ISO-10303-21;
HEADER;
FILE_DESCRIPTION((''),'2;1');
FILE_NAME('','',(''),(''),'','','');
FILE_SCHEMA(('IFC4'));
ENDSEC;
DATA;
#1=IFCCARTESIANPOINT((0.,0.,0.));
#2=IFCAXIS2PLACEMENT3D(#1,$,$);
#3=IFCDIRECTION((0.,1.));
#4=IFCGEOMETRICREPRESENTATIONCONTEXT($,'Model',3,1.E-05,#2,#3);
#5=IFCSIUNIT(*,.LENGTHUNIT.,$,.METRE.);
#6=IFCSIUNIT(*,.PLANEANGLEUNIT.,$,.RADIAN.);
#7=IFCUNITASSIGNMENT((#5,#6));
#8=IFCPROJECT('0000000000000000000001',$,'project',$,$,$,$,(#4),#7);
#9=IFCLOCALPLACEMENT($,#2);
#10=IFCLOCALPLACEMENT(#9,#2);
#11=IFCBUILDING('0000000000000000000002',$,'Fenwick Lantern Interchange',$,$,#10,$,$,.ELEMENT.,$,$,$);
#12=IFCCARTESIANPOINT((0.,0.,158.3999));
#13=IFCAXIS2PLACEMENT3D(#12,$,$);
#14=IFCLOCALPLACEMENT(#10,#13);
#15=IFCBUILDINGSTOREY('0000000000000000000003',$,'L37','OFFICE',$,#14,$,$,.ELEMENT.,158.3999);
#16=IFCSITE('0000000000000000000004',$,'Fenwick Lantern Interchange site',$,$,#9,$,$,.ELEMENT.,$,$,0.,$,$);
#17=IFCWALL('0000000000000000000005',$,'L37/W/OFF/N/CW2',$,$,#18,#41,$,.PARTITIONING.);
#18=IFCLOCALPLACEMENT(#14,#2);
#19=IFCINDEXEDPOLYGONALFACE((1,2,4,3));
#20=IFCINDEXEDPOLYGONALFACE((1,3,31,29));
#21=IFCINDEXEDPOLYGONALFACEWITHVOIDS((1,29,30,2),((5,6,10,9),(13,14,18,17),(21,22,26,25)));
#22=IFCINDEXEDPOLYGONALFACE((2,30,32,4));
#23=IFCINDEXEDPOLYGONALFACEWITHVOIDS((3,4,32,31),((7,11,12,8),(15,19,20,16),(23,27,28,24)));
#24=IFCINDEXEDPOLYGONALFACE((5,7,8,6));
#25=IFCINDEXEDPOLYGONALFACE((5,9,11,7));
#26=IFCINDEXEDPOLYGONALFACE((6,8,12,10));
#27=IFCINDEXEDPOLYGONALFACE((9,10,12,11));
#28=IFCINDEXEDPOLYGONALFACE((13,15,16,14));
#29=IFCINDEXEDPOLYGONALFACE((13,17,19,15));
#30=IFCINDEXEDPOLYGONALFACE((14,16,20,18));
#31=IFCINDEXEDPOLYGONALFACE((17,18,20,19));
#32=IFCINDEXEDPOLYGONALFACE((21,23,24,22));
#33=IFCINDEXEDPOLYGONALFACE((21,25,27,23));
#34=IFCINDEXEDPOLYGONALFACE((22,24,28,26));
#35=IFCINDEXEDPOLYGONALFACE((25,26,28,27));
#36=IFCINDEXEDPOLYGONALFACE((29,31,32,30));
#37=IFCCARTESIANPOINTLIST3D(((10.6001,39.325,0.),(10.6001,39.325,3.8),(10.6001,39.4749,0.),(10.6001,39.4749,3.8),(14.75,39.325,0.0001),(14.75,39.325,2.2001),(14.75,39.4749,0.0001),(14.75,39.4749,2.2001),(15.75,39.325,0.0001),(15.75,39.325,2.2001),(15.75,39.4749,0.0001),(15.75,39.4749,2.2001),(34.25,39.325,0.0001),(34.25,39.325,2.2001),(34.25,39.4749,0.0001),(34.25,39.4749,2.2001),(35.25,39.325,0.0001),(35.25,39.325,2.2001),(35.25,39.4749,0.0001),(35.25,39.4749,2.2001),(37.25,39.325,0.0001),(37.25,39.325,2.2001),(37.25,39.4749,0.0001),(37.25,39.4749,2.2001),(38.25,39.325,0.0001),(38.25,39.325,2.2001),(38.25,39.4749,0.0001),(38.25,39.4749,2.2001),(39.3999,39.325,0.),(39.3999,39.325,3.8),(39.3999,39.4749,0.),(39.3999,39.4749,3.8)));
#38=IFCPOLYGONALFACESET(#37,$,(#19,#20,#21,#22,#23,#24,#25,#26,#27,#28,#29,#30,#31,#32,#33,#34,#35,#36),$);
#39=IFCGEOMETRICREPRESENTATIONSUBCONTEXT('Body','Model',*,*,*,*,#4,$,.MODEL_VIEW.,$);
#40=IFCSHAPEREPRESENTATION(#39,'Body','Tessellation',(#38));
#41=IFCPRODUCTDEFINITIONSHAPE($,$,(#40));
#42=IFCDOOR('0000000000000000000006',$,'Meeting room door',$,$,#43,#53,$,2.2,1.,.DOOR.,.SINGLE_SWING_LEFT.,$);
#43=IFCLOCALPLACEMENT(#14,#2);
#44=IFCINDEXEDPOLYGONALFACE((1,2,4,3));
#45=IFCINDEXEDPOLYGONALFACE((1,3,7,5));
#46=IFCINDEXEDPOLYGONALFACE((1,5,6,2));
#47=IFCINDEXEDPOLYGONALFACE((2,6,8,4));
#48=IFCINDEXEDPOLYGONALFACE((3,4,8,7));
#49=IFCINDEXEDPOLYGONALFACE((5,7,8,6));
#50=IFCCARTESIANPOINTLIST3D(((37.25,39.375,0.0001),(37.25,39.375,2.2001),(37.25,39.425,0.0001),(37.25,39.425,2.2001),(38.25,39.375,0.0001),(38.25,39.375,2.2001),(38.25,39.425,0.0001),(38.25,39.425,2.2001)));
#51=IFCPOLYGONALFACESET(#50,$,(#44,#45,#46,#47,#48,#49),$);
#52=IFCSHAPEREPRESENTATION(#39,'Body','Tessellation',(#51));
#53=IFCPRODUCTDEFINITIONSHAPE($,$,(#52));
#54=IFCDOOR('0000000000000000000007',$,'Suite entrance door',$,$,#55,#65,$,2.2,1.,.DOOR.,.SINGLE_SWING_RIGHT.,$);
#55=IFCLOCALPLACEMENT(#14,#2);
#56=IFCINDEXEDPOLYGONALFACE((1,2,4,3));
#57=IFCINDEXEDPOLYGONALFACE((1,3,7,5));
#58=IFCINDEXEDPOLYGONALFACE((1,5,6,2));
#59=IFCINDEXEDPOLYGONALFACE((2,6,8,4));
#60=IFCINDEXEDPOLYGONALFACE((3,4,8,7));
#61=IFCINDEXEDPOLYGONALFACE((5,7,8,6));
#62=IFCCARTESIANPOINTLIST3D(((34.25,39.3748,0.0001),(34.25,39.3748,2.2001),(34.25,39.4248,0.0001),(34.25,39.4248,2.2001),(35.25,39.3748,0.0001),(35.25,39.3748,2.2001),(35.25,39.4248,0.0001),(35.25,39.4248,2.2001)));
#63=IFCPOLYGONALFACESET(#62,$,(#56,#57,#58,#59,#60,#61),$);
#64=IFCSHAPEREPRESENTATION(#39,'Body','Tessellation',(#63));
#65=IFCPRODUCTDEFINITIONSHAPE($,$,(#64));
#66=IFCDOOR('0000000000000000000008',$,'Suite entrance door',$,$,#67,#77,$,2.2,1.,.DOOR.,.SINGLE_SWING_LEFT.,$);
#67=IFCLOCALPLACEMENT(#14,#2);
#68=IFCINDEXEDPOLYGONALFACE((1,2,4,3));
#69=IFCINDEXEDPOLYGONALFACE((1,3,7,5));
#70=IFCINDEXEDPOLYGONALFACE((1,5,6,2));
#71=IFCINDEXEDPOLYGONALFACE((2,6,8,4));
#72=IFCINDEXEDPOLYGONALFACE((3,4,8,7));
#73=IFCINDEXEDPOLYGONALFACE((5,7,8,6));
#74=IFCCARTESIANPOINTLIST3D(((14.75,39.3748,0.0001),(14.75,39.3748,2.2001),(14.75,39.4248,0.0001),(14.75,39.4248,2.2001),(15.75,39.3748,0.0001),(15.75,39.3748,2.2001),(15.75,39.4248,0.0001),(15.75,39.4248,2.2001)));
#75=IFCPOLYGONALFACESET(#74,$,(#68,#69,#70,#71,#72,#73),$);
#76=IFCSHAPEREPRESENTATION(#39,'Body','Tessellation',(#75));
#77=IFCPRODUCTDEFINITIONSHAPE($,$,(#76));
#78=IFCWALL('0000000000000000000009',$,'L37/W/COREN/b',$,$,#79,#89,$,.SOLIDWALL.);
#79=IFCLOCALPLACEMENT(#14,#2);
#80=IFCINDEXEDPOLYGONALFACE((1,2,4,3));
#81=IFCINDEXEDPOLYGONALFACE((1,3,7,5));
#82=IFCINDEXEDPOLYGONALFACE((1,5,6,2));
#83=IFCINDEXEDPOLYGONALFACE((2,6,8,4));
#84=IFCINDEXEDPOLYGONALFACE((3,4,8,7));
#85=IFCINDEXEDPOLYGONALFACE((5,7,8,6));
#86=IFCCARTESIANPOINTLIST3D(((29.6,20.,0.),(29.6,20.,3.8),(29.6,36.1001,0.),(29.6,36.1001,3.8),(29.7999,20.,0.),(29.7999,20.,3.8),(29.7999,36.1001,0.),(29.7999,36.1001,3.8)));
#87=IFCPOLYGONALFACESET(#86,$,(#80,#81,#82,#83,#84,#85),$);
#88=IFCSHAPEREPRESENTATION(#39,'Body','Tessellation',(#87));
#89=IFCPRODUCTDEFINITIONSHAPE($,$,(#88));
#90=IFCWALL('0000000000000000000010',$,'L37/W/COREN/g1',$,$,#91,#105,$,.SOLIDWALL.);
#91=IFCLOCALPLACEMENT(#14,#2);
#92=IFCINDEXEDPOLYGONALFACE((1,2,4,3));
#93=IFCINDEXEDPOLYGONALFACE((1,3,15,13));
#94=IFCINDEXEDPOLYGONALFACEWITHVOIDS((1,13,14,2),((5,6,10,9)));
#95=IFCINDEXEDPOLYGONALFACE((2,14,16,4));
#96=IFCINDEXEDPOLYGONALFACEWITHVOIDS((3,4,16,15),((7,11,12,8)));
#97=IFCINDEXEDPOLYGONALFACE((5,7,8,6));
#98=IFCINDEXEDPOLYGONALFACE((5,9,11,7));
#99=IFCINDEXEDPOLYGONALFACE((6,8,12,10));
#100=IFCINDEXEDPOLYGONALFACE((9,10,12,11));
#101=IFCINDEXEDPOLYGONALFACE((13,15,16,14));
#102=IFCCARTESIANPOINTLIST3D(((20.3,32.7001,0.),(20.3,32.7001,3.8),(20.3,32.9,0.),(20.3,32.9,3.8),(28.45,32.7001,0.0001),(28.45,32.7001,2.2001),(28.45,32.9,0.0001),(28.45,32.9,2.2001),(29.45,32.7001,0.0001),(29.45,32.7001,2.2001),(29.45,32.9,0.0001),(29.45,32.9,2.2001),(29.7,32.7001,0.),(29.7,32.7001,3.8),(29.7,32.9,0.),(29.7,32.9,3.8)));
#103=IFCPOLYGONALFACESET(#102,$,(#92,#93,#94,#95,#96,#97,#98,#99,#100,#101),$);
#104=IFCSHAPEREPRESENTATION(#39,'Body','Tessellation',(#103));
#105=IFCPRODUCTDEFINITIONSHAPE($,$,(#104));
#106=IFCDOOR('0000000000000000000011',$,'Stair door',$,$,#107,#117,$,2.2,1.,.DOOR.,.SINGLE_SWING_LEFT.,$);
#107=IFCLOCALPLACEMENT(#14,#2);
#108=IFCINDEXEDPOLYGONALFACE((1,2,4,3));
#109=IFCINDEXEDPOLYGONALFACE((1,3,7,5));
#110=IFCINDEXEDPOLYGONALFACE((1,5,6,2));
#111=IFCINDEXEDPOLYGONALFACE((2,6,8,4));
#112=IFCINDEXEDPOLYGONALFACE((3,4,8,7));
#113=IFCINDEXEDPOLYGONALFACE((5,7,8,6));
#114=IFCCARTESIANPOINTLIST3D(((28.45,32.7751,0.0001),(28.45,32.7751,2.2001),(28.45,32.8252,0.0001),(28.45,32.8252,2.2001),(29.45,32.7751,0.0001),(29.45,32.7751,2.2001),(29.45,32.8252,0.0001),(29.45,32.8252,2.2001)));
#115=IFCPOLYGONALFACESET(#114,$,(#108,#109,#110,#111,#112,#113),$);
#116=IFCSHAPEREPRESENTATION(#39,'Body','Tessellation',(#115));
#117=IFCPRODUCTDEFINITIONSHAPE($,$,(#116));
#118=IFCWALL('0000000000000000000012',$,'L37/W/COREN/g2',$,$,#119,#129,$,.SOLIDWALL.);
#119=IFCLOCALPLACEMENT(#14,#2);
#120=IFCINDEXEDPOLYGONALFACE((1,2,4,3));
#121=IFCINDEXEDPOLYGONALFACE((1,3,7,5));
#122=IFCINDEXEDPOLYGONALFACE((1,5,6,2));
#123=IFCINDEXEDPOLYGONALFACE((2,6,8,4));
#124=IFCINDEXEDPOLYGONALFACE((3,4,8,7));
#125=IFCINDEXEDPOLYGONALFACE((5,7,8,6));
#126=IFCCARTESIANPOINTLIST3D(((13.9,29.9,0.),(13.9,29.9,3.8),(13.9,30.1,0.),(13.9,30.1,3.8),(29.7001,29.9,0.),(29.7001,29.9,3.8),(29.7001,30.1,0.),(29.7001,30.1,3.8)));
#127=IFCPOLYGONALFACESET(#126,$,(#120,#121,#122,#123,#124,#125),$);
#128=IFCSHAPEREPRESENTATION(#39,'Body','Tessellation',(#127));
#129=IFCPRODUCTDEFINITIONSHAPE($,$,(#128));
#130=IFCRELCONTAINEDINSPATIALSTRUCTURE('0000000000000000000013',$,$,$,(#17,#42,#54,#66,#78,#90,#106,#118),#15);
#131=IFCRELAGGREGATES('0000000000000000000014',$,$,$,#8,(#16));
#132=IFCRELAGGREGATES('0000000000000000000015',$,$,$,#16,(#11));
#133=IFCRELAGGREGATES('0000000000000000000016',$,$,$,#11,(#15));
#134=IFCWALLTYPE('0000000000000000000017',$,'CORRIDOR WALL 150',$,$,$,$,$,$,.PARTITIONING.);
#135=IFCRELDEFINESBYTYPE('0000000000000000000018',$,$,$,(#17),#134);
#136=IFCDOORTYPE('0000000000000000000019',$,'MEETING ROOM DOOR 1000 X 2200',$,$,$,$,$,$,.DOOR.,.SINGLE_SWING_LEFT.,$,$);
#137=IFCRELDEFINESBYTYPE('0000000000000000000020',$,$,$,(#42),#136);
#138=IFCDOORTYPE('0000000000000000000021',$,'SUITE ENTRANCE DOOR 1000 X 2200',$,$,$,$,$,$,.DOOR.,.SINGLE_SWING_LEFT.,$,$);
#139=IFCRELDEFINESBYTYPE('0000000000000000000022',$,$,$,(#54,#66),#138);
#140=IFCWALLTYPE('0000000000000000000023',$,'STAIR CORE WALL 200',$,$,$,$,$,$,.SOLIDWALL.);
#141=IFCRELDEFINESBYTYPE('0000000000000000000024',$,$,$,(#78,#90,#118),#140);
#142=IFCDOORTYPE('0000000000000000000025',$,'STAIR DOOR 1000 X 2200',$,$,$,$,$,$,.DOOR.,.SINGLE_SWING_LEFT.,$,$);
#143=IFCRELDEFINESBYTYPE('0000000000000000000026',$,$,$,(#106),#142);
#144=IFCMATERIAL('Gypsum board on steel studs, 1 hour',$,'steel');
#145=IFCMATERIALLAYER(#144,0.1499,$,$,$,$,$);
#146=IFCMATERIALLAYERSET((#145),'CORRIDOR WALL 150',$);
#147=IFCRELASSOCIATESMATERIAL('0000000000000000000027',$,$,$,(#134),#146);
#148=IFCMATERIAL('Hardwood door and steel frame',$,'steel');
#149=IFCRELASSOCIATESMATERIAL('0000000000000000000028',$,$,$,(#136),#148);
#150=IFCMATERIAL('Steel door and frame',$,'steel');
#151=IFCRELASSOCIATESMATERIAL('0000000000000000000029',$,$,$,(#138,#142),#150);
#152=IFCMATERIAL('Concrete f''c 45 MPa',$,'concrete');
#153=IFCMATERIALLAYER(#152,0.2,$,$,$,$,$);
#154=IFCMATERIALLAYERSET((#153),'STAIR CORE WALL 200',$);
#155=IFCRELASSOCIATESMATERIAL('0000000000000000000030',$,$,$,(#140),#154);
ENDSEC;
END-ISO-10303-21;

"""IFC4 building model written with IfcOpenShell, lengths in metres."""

from ifc_helpers import new_model, si_unit, direction, frame, frame_2d, origin, place, context, subcontext, project, spatial, rectangle, extrude, material, layer, layer_set, type_object, element, fill, save


model = new_model("IFC4")

# Units and contexts
model_context = context("Model", 3, precision=1e-05, world=origin(), true_north=direction((0.0, 1.0)))
body_context = subcontext(model_context, "Body", "Model", "MODEL_VIEW")
ifc_project = project(units=[si_unit("LENGTHUNIT", "METRE"), si_unit("PLANEANGLEUNIT", "RADIAN")], contexts=[model_context])

# Site, building, storey
site_placement = place(None, origin())
site = spatial("IfcSite", under=ifc_project, at=site_placement, Name="Fenwick Lantern Interchange site", CompositionType="ELEMENT", RefElevation=0.0)
building_placement = place(site_placement, origin())
building = spatial("IfcBuilding", under=site, at=building_placement, Name="Fenwick Lantern Interchange", CompositionType="ELEMENT")
storey_placement = place(building_placement, frame((0.0, 0.0, 158.3999)))
storey = spatial("IfcBuildingStorey", under=building, at=storey_placement, Name="L37", Description="OFFICE", CompositionType="ELEMENT", Elevation=158.3999)

# Shared definitions
ifc_material_1 = material(Name="Steel door and frame", Category="steel")

# Wall, openings, doors
ifc_material_2 = material(Name="Hardwood door and steel frame", Category="steel")
ifc_material_3 = material(Name="Gypsum board on steel studs, 1 hour", Category="steel")
ifc_layer_1 = layer(ifc_material_3, 0.1499)
ifc_layer_set_1 = layer_set([ifc_layer_1], Name="CORRIDOR WALL 150")
wall_type_1 = type_object("IfcWallType", Name="CORRIDOR WALL 150", PredefinedType="PARTITIONING", material=ifc_layer_set_1)
wall_1_placement = place(storey_placement, frame((39.3999, 39.3999, 0.0), z_axis=(0.0, 0.0, 1.0), x_axis=(-1.0, 0.0, 0.0)))
wall_1 = element("IfcWall", 1, at=wall_1_placement, inside=storey, type_object=wall_type_1, Name="L37/W/OFF/N/CW2", PredefinedType="PARTITIONING", context=body_context, shape_type="SweptSolid", body=[
    extrude(rectangle(XDim=28.7998, YDim=0.1499, at=frame_2d((14.3999, 0.0))), origin(), (0.0, 0.0, 1.0), 3.8),
])
opening_1_placement = place(wall_1_placement, frame((4.1499, 0.0, 0.0)))
opening_1 = element("IfcOpeningElement", 2, at=opening_1_placement, cuts=wall_1, PredefinedType="OPENING", context=body_context, shape_type="SweptSolid", body=[
    extrude(rectangle(XDim=1.0, YDim=2.2, at=frame_2d((0.5, 1.1001))), frame((0.0, 0.085, 0.0), z_axis=(0.0, -1.0, 0.0), x_axis=(1.0, 0.0, 0.0)), (0.0, 0.0, 1.0), 0.1699),
])
opening_2_placement = place(wall_1_placement, frame((23.6499, 0.0, 0.0)))
opening_2 = element("IfcOpeningElement", 3, at=opening_2_placement, cuts=wall_1, PredefinedType="OPENING", context=body_context, shape_type="SweptSolid", body=[
    extrude(rectangle(XDim=1.0, YDim=2.2, at=frame_2d((0.5, 1.1001))), frame((0.0, 0.085, 0.0), z_axis=(0.0, -1.0, 0.0), x_axis=(1.0, 0.0, 0.0)), (0.0, 0.0, 1.0), 0.1699),
])
opening_3_placement = place(wall_1_placement, frame((1.1499, 0.0, 0.0)))
opening_3 = element("IfcOpeningElement", 4, at=opening_3_placement, cuts=wall_1, PredefinedType="OPENING", context=body_context, shape_type="SweptSolid", body=[
    extrude(rectangle(XDim=1.0, YDim=2.2, at=frame_2d((0.5, 1.1001))), frame((0.0, 0.085, 0.0), z_axis=(0.0, -1.0, 0.0), x_axis=(1.0, 0.0, 0.0)), (0.0, 0.0, 1.0), 0.1699),
])
door_type_1 = type_object("IfcDoorType", Name="MEETING ROOM DOOR 1000 X 2200", OperationType="SINGLE_SWING_LEFT", PredefinedType="DOOR", material=ifc_material_2)
door_1_placement = place(opening_3_placement, origin())
door_1 = element("IfcDoor", 5, at=door_1_placement, inside=storey, type_object=door_type_1, Name="Meeting room door", OperationType="SINGLE_SWING_LEFT", OverallHeight=2.2, OverallWidth=1.0, PredefinedType="DOOR", context=body_context, shape_type="SweptSolid", body=[
    extrude(rectangle(XDim=1.0, YDim=2.2, at=frame_2d((0.5, 1.1001))), frame((0.0, 0.0249, 0.0), z_axis=(0.0, -1.0, 0.0), x_axis=(1.0, 0.0, 0.0)), (0.0, 0.0, 1.0), 0.05),
])
fill(opening_3, door_1)
door_type_2 = type_object("IfcDoorType", Name="SUITE ENTRANCE DOOR 1000 X 2200", OperationType="SINGLE_SWING_LEFT", PredefinedType="DOOR", material=ifc_material_1)
door_2_placement = place(opening_1_placement, frame((1.0, 0.0, 0.0), z_axis=(0.0, 0.0, 1.0), x_axis=(-1.0, 0.0, 0.0)))
door_2 = element("IfcDoor", 6, at=door_2_placement, inside=storey, type_object=door_type_2, Name="Suite entrance door", OperationType="SINGLE_SWING_RIGHT", OverallHeight=2.2, OverallWidth=1.0, PredefinedType="DOOR", context=body_context, shape_type="SweptSolid", body=[
    extrude(rectangle(XDim=1.0, YDim=2.2, at=frame_2d((0.5, 1.1001))), frame((0.0, 0.0249, 0.0), z_axis=(0.0, -1.0, 0.0), x_axis=(1.0, 0.0, 0.0)), (0.0, 0.0, 1.0), 0.05),
])
fill(opening_1, door_2)
door_3_placement = place(opening_2_placement, frame((1.0, 0.0, 0.0), z_axis=(0.0, 0.0, 1.0), x_axis=(-1.0, 0.0, 0.0)))
door_3 = element("IfcDoor", 7, at=door_3_placement, inside=storey, type_object=door_type_2, Name="Suite entrance door", OperationType="SINGLE_SWING_LEFT", OverallHeight=2.2, OverallWidth=1.0, PredefinedType="DOOR", context=body_context, shape_type="SweptSolid", body=[
    extrude(rectangle(XDim=1.0, YDim=2.2, at=frame_2d((0.5, 1.1001))), frame((0.0, 0.0249, 0.0), z_axis=(0.0, -1.0, 0.0), x_axis=(1.0, 0.0, 0.0)), (0.0, 0.0, 1.0), 0.05),
])
fill(opening_2, door_3)

# Wall
ifc_material_4 = material(Name="Concrete f'c 45 MPa", Category="concrete")
ifc_layer_2 = layer(ifc_material_4, 0.2)
ifc_layer_set_2 = layer_set([ifc_layer_2], Name="STAIR CORE WALL 200")
wall_type_2 = type_object("IfcWallType", Name="STAIR CORE WALL 200", PredefinedType="SOLIDWALL", material=ifc_layer_set_2)
wall_2_placement = place(storey_placement, frame((29.7, 36.1001, 0.0), z_axis=(0.0, 0.0, 1.0), x_axis=(0.0, -1.0, 0.0)))
element("IfcWall", 8, at=wall_2_placement, inside=storey, type_object=wall_type_2, Name="L37/W/COREN/b", PredefinedType="SOLIDWALL", context=body_context, shape_type="SweptSolid", body=[
    extrude(rectangle(XDim=16.1001, YDim=0.2, at=frame_2d((8.05, 0.0))), origin(), (0.0, 0.0, 1.0), 3.8),
])

# Wall, opening, door
wall_3_placement = place(storey_placement, frame((29.7, 32.8, 0.0), z_axis=(0.0, 0.0, 1.0), x_axis=(-1.0, 0.0, 0.0)))
wall_3 = element("IfcWall", 9, at=wall_3_placement, inside=storey, type_object=wall_type_2, Name="L37/W/COREN/g1", PredefinedType="SOLIDWALL", context=body_context, shape_type="SweptSolid", body=[
    extrude(rectangle(XDim=9.3999, YDim=0.2, at=frame_2d((4.7, 0.0))), origin(), (0.0, 0.0, 1.0), 3.8),
])
opening_4_placement = place(wall_3_placement, frame((0.25, 0.0, 0.0)))
opening_4 = element("IfcOpeningElement", 10, at=opening_4_placement, cuts=wall_3, PredefinedType="OPENING", context=body_context, shape_type="SweptSolid", body=[
    extrude(rectangle(XDim=1.0, YDim=2.2, at=frame_2d((0.5, 1.1001))), frame((0.0, 0.1099, 0.0), z_axis=(0.0, -1.0, 0.0), x_axis=(1.0, 0.0, 0.0)), (0.0, 0.0, 1.0), 0.22),
])
door_type_3 = type_object("IfcDoorType", Name="STAIR DOOR 1000 X 2200", OperationType="SINGLE_SWING_LEFT", PredefinedType="DOOR", material=ifc_material_1)
door_4_placement = place(opening_4_placement, origin())
door_4 = element("IfcDoor", 11, at=door_4_placement, inside=storey, type_object=door_type_3, Name="Stair door", OperationType="SINGLE_SWING_LEFT", OverallHeight=2.2, OverallWidth=1.0, PredefinedType="DOOR", context=body_context, shape_type="SweptSolid", body=[
    extrude(rectangle(XDim=1.0, YDim=2.2, at=frame_2d((0.5, 1.1001))), frame((0.0, 0.0249, 0.0), z_axis=(0.0, -1.0, 0.0), x_axis=(1.0, 0.0, 0.0)), (0.0, 0.0, 1.0), 0.05),
])
fill(opening_4, door_4)

# Wall
wall_4_placement = place(storey_placement, frame((29.7, 30.0, 0.0), z_axis=(0.0, 0.0, 1.0), x_axis=(-1.0, 0.0, 0.0)))
element("IfcWall", 12, at=wall_4_placement, inside=storey, type_object=wall_type_2, Name="L37/W/COREN/g2", PredefinedType="SOLIDWALL", context=body_context, shape_type="SweptSolid", body=[
    extrude(rectangle(XDim=15.8, YDim=0.2, at=frame_2d((7.8999, 0.0))), origin(), (0.0, 0.0, 1.0), 3.8),
])

save(model, "model.ifc")
